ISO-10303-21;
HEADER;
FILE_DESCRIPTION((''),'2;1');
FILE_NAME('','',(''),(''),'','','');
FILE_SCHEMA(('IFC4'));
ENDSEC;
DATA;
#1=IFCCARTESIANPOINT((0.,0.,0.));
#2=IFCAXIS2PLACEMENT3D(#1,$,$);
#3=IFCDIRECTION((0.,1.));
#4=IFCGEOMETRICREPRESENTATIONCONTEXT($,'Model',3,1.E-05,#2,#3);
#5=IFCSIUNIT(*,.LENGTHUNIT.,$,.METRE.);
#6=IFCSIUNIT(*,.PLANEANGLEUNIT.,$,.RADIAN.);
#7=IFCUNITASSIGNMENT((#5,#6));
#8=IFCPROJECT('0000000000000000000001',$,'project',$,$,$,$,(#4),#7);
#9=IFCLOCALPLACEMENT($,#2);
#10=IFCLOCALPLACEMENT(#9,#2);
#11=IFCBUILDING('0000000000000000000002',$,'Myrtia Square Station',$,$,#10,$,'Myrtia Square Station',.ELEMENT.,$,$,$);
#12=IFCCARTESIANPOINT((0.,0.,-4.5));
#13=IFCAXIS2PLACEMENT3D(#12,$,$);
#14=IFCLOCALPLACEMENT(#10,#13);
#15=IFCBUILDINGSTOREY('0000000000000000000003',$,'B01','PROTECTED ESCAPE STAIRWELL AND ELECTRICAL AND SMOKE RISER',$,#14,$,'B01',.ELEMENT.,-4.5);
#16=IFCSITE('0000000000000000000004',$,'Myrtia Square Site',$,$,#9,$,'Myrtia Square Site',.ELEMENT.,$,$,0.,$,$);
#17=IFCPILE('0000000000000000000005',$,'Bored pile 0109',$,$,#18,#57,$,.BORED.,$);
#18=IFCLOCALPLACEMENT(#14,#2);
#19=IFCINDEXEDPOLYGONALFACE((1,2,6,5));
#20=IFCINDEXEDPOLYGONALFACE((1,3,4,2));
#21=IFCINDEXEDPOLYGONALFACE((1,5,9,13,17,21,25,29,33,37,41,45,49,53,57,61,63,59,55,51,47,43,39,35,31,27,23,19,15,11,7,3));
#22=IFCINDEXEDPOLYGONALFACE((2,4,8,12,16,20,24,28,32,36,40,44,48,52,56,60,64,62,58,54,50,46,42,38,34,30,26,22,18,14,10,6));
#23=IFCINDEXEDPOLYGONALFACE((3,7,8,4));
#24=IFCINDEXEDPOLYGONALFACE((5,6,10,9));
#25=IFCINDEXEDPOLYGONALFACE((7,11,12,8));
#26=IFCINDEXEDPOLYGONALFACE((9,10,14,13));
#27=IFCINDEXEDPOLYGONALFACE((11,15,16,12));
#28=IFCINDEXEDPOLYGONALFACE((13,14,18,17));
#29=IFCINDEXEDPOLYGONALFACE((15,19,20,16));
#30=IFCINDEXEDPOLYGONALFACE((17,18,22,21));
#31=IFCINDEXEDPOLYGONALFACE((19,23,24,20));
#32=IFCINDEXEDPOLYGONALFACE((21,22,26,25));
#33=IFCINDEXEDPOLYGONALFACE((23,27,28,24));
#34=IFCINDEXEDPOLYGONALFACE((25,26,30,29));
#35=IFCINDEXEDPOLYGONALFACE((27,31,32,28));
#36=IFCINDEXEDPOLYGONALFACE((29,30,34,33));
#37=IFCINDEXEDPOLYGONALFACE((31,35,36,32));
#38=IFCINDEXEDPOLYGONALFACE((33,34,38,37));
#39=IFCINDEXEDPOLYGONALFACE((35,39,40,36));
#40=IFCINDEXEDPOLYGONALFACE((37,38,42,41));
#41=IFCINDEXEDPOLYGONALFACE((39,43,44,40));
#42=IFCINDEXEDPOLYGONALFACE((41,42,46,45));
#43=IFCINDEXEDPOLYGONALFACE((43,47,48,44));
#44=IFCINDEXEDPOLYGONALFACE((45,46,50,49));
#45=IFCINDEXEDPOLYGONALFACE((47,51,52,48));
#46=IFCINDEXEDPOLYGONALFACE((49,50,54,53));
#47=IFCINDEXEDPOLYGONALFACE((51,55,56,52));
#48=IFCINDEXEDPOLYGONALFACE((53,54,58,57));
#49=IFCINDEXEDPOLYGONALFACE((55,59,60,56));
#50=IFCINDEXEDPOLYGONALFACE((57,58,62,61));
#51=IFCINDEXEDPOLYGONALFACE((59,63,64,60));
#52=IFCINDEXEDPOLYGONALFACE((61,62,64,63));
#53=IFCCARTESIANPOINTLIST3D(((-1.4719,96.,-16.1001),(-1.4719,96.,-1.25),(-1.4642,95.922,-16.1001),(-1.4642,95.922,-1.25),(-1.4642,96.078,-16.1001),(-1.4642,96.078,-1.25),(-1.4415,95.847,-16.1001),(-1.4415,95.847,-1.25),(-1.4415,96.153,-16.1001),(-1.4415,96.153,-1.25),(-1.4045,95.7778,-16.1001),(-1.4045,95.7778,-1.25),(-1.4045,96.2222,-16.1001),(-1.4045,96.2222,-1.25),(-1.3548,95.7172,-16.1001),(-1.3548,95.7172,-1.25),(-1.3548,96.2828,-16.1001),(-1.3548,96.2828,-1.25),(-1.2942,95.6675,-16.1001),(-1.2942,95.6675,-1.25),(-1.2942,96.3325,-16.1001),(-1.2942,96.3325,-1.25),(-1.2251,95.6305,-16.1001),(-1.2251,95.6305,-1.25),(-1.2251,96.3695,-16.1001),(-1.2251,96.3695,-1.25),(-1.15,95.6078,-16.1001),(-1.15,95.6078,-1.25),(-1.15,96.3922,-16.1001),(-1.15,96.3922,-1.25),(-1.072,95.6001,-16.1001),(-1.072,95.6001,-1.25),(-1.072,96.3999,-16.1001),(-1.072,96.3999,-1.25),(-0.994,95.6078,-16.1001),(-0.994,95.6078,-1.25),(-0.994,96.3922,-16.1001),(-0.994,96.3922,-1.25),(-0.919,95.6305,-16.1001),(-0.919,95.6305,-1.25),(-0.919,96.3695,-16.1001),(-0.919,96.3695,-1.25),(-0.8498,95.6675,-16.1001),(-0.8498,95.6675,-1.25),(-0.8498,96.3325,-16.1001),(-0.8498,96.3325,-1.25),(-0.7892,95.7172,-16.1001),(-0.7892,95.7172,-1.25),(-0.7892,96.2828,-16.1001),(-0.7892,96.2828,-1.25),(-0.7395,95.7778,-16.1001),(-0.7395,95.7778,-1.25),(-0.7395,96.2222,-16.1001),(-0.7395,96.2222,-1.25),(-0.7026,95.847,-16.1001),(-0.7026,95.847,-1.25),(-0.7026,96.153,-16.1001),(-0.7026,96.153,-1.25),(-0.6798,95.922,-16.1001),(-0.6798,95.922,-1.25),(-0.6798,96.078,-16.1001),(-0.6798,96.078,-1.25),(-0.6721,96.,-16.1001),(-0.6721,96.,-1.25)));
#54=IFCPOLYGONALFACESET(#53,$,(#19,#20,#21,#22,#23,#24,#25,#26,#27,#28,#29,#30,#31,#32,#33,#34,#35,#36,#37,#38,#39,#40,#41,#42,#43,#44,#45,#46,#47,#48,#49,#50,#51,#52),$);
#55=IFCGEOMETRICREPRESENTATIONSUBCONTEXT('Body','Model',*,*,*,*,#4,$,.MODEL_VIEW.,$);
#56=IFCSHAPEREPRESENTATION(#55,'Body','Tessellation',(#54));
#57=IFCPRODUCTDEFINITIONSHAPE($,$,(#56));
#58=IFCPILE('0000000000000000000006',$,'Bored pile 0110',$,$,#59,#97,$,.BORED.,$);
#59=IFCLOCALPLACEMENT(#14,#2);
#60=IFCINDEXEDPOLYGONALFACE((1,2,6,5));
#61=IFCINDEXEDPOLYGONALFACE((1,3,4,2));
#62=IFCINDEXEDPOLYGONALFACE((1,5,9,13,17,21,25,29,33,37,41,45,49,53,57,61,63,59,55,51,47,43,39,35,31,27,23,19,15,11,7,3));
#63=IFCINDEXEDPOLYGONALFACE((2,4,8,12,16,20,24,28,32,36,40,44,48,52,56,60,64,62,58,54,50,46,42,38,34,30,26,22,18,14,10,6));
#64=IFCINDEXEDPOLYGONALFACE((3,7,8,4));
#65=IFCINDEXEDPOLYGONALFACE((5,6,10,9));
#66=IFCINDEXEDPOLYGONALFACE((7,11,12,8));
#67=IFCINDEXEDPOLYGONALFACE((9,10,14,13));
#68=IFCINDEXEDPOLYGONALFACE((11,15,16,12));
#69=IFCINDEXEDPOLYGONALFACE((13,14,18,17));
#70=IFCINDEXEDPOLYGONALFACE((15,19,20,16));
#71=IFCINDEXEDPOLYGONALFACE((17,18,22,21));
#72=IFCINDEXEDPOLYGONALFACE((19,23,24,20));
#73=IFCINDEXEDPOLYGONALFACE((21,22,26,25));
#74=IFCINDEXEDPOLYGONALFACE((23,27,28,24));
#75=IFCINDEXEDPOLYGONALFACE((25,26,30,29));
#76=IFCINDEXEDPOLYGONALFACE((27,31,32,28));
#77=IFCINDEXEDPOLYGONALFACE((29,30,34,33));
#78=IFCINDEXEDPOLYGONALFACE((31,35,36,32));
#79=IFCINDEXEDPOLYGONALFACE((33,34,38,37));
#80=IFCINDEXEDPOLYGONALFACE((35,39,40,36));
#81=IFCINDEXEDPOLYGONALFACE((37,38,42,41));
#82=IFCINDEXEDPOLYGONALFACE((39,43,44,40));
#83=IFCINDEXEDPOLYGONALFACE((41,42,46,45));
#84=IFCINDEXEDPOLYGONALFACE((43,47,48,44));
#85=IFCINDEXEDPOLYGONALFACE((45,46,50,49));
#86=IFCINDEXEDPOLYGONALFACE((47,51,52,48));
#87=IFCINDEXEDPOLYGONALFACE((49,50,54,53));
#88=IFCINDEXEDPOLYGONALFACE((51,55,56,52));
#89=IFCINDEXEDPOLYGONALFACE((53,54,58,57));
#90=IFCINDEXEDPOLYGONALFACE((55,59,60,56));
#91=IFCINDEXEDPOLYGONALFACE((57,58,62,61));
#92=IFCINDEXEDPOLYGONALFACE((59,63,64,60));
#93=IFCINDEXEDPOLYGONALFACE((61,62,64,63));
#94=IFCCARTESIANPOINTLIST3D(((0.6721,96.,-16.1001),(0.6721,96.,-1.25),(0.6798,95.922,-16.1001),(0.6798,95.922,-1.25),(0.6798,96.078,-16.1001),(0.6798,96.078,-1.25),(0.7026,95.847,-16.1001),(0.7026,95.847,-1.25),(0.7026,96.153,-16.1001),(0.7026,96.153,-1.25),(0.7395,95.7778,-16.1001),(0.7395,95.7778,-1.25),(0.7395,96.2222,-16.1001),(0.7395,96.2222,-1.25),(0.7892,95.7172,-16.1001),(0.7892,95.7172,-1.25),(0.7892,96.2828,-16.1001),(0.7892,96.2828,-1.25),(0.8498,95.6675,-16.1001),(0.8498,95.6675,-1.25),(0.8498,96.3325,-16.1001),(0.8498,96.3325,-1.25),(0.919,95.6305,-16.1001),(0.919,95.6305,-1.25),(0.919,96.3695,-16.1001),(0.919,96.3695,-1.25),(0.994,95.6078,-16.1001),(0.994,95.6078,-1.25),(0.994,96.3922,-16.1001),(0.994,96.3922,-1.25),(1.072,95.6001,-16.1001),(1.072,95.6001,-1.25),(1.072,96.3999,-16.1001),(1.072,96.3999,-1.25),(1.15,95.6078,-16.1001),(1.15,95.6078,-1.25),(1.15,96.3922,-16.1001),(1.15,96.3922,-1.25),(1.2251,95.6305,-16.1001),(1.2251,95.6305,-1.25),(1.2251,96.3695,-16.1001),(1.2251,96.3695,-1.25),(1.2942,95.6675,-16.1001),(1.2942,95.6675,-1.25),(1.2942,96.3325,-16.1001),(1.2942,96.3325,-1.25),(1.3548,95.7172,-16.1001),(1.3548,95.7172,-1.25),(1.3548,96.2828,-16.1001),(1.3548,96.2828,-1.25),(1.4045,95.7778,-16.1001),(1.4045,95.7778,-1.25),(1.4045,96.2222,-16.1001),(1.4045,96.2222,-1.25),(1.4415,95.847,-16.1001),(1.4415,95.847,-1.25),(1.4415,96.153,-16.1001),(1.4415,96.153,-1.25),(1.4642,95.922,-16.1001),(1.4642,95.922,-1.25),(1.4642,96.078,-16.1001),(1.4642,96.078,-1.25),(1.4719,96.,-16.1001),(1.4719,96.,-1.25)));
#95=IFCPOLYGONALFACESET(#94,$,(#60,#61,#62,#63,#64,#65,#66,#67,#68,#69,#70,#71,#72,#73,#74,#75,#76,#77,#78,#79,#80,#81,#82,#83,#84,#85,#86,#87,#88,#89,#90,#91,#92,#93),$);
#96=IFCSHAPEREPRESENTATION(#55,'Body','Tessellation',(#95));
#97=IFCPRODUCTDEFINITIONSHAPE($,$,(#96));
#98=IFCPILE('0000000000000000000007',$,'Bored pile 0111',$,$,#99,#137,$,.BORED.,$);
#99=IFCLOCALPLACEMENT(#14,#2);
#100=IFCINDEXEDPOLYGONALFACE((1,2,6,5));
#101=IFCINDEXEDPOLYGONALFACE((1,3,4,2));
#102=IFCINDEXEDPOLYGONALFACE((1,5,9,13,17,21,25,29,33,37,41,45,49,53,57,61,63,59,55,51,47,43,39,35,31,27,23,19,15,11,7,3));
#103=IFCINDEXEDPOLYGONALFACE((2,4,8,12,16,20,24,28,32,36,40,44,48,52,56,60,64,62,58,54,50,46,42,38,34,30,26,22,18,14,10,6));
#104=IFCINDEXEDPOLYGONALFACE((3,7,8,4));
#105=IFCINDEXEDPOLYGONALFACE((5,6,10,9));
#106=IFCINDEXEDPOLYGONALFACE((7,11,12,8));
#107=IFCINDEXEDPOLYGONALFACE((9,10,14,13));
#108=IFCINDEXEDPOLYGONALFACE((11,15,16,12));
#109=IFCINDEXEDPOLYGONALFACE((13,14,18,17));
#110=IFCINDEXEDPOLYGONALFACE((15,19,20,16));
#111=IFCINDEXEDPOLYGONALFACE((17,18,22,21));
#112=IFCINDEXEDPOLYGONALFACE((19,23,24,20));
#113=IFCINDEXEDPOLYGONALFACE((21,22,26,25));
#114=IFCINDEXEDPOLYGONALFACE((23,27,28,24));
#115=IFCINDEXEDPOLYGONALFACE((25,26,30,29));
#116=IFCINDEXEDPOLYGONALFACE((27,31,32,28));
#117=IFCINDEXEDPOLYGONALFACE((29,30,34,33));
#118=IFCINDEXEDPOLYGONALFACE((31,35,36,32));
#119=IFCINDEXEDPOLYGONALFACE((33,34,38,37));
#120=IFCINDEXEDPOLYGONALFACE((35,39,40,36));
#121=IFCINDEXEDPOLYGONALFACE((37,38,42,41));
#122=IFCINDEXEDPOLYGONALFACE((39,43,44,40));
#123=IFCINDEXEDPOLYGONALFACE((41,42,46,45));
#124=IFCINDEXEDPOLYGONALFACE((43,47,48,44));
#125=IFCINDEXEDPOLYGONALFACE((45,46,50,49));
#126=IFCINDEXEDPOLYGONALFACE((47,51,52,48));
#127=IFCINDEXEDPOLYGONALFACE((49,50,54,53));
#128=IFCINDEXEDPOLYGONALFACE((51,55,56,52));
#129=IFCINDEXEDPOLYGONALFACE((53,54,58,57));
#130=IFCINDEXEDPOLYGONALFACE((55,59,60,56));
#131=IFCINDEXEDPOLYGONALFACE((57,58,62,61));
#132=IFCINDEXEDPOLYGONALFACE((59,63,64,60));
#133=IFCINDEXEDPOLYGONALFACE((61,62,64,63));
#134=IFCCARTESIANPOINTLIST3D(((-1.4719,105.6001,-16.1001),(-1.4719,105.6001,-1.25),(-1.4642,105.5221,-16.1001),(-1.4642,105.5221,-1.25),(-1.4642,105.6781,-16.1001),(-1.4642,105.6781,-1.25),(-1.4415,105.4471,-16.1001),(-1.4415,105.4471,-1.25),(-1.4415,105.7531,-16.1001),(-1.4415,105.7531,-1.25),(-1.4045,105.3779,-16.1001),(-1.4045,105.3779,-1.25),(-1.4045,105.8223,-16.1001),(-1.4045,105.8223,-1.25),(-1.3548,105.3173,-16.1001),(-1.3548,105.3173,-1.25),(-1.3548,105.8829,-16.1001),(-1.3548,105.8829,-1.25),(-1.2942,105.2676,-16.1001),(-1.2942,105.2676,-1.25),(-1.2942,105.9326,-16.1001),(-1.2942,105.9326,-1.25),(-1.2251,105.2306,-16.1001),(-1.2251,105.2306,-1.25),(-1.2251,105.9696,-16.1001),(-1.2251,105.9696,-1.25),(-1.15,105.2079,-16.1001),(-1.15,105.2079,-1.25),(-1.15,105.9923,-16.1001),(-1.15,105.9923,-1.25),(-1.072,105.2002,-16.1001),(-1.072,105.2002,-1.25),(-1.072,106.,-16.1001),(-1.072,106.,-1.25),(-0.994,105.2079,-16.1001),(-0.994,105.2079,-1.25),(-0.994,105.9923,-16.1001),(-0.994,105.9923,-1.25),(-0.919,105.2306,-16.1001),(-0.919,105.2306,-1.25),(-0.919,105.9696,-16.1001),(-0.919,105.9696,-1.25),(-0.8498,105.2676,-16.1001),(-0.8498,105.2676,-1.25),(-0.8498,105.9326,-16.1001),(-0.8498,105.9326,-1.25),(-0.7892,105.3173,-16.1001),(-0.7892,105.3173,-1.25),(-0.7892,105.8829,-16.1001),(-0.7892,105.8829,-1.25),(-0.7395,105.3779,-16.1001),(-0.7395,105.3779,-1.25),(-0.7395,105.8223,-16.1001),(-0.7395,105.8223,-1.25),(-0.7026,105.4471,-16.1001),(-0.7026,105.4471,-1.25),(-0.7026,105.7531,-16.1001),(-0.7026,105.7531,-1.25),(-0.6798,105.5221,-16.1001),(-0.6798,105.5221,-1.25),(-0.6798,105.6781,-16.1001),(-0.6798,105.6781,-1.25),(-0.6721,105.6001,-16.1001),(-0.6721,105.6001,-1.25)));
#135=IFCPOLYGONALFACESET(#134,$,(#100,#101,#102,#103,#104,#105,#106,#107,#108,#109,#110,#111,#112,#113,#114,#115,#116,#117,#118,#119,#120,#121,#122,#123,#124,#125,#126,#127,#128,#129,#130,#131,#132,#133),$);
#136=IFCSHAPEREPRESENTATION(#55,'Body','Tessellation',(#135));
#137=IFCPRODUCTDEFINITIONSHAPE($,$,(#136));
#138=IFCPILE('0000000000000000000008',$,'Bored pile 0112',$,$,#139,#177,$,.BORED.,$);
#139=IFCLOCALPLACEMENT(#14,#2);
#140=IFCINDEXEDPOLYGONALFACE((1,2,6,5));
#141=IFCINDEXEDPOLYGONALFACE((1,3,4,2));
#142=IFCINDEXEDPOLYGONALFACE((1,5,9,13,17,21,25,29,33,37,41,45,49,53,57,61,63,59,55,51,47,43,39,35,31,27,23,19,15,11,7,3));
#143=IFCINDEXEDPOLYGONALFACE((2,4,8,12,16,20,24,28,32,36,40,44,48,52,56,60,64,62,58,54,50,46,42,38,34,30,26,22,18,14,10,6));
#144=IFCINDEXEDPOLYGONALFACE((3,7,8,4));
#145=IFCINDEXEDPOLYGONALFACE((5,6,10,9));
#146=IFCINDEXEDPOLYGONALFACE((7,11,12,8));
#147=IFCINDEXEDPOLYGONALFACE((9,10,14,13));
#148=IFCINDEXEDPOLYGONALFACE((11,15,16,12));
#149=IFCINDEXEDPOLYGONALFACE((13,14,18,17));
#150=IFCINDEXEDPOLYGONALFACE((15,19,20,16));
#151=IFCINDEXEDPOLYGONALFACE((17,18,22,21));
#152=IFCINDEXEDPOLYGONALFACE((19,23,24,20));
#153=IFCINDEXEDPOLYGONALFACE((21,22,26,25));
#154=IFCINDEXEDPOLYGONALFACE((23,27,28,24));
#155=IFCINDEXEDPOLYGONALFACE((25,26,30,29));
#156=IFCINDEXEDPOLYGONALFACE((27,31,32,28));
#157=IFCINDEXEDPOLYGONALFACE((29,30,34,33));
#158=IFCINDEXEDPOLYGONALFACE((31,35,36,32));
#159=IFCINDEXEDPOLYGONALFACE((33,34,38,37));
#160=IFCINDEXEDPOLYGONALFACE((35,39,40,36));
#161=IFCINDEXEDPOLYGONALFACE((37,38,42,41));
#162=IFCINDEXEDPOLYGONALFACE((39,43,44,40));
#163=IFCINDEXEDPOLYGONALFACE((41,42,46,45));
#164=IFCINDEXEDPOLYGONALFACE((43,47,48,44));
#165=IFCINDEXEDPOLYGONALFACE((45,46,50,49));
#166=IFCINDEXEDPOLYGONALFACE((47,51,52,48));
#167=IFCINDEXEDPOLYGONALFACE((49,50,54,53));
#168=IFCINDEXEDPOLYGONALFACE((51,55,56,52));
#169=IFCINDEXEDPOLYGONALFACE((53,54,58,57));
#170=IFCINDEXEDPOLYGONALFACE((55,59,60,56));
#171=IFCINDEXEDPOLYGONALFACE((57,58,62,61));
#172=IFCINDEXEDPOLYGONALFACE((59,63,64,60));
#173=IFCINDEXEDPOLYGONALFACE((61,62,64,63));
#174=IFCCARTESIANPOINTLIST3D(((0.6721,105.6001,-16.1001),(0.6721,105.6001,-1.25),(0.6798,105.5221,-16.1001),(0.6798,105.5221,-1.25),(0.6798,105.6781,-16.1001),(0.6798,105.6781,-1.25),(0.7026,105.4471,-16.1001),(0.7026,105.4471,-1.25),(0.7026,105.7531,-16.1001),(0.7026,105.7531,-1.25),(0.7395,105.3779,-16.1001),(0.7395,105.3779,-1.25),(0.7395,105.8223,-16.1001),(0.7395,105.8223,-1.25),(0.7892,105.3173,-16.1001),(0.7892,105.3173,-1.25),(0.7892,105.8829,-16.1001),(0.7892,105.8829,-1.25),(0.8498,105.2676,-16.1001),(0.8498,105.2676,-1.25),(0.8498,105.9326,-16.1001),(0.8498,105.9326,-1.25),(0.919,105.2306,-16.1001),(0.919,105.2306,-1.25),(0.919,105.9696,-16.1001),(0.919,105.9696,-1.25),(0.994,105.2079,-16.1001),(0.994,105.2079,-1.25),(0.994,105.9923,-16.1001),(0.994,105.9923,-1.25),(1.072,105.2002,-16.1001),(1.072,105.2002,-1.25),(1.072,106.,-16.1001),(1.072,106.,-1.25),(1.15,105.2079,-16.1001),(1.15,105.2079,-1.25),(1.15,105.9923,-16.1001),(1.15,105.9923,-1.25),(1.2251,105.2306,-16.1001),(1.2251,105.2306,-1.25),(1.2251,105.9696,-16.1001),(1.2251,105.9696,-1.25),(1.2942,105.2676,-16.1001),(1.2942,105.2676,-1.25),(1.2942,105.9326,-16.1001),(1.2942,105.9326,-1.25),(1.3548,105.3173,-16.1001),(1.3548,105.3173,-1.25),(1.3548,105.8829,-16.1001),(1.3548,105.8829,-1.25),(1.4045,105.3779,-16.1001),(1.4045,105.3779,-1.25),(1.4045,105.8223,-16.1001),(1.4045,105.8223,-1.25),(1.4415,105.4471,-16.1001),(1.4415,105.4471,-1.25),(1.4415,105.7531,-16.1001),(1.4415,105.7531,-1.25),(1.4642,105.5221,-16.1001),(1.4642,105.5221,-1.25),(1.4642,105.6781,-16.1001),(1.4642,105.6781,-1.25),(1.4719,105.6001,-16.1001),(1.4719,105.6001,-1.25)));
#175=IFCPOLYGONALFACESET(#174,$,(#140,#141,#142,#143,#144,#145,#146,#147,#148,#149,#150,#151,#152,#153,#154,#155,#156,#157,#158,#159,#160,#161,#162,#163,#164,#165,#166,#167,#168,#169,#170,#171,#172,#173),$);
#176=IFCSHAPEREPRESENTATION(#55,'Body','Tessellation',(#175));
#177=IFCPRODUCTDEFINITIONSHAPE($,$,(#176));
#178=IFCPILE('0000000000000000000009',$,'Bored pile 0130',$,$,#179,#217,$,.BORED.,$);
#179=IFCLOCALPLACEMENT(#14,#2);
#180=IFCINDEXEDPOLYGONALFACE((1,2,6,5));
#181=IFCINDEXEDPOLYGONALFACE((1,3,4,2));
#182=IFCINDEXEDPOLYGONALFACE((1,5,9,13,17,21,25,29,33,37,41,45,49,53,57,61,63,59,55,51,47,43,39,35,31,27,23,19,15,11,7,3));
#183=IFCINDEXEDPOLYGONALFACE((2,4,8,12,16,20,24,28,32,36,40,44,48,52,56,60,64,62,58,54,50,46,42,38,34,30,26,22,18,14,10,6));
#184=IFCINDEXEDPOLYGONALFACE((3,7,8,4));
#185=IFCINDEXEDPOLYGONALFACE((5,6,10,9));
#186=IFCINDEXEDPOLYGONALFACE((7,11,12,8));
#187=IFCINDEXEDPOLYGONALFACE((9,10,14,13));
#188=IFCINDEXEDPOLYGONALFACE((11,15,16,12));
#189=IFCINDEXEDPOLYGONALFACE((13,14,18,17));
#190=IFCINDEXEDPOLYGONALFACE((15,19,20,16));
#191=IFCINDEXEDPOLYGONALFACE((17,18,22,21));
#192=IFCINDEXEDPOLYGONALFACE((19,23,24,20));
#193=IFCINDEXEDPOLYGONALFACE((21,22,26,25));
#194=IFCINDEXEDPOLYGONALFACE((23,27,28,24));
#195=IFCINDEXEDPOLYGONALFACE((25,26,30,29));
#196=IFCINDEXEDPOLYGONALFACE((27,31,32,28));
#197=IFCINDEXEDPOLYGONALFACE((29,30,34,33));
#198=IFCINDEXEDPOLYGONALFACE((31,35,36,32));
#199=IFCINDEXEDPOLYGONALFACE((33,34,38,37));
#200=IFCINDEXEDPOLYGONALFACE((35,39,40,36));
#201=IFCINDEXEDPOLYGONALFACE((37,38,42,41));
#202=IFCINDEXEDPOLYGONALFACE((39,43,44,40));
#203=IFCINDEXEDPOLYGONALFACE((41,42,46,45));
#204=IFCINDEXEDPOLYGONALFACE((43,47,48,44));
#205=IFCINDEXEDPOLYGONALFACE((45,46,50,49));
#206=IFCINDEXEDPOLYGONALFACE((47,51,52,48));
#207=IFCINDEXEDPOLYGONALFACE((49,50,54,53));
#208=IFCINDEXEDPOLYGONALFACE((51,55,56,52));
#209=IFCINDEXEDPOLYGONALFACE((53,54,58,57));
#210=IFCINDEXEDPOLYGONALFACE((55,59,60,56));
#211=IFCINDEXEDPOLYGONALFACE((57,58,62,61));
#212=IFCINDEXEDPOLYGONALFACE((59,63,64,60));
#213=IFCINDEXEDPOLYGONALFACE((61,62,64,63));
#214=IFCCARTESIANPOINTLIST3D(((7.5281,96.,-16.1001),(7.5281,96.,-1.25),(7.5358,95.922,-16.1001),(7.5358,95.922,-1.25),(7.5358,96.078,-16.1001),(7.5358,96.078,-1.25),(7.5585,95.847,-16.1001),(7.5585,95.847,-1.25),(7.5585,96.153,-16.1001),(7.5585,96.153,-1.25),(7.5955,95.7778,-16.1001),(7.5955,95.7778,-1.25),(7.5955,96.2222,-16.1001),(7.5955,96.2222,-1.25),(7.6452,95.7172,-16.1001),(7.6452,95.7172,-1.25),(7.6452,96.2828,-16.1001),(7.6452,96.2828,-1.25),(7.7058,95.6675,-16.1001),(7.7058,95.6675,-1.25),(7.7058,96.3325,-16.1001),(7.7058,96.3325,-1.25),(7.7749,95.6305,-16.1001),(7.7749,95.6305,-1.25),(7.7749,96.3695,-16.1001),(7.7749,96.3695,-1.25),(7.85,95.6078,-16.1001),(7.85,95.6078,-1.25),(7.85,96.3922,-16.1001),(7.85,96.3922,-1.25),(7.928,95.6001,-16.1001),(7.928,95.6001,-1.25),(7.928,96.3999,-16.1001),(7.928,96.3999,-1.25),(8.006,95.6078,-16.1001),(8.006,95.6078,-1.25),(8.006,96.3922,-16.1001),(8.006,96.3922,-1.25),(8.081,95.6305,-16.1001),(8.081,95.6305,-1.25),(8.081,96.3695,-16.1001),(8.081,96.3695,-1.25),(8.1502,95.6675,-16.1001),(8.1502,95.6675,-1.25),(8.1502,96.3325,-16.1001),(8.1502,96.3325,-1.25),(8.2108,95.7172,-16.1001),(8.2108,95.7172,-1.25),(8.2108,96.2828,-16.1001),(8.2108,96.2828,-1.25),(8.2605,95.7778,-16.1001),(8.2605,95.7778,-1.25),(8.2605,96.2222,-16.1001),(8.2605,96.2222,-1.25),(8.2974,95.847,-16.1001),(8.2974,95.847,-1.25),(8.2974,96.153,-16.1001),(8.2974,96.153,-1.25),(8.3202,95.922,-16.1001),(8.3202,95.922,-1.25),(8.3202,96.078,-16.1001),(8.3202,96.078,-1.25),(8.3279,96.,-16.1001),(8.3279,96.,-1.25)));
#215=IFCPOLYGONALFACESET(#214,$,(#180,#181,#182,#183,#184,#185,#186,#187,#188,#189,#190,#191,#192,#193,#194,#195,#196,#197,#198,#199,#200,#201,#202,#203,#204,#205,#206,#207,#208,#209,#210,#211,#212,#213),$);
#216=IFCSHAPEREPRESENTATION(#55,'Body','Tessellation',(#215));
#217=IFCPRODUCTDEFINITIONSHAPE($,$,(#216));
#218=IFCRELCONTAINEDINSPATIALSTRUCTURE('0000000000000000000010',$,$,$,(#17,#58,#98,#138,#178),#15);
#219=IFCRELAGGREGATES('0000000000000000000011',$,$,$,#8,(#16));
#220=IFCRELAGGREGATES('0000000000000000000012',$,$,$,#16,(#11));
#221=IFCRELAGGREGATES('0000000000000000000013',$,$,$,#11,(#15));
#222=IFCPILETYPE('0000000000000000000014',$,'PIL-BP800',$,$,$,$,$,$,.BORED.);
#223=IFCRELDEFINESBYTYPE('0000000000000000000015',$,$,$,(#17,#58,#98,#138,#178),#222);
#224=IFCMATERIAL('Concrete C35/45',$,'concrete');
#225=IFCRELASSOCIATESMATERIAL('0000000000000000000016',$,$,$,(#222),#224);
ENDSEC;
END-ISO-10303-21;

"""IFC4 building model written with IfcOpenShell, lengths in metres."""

from ifc_helpers import new_model, si_unit, direction, frame, origin, origin_2d, place, context, subcontext, project, spatial, circle, extrude, material, material_profile, profile_set, type_object, element, save


model = new_model("IFC4")

# Units and contexts
model_context = context("Model", 3, precision=1e-05, world=origin(), true_north=direction((0.0, 1.0)))
body_context = subcontext(model_context, "Body", "Model", "MODEL_VIEW")
ifc_project = project(units=[si_unit("LENGTHUNIT", "METRE"), si_unit("PLANEANGLEUNIT", "RADIAN")], contexts=[model_context])

# Site, building, storey
site_placement = place(None, origin())
site = spatial("IfcSite", under=ifc_project, at=site_placement, Name="Myrtia Square Site", LongName="Myrtia Square Site", CompositionType="ELEMENT", RefElevation=0.0)
building_placement = place(site_placement, origin())
building = spatial("IfcBuilding", under=site, at=building_placement, Name="Myrtia Square Station", LongName="Myrtia Square Station", CompositionType="ELEMENT")
storey_placement = place(building_placement, frame((0.0, 0.0, -4.5)))
storey = spatial("IfcBuildingStorey", under=building, at=storey_placement, Name="B01", Description="PROTECTED ESCAPE STAIRWELL AND ELECTRICAL AND SMOKE RISER", LongName="B01", CompositionType="ELEMENT", Elevation=-4.5)

# Shared definitions
ifc_material_1 = material(Name="Concrete C35/45", Category="concrete")

# Piles
ifc_material_profile_1 = material_profile(ifc_material_1, circle(Radius=0.3999, at=origin_2d()), Name="BP D800")
ifc_profile_set_1 = profile_set([ifc_material_profile_1], Name="Concrete C35/45")
pile_type = type_object("IfcPileType", Name="PIL-BP800", PredefinedType="BORED", material=ifc_profile_set_1)
for number, where, z_axis, x_axis, name in (
    (1, (-1.072, 96.0, -1.25), (0.0, 0.0, -1.0), (1.0, 0.0, 0.0), "Bored pile 0109"),
    (2, (1.072, 96.0, -1.25), (0.0, 0.0, -1.0), (1.0, 0.0, 0.0), "Bored pile 0110"),
    (3, (-1.072, 105.6001, -1.25), (0.0, 0.0, -1.0), (1.0, 0.0, 0.0), "Bored pile 0111"),
    (4, (1.072, 105.6001, -1.25), (0.0, 0.0, -1.0), (1.0, 0.0, 0.0), "Bored pile 0112"),
    (5, (7.928, 96.0, -1.25), (0.0, 0.0, -1.0), (1.0, 0.0, 0.0), "Bored pile 0130"),
):
    element("IfcPile", number, at=place(storey_placement, frame(where, z_axis=z_axis, x_axis=x_axis)), inside=storey, type_object=pile_type, Name=name, PredefinedType="BORED", context=body_context, shape_type="SweptSolid", body=[
        extrude(circle(Radius=0.3999, at=origin_2d()), origin(), (0.0, 0.0, 1.0), 14.8501),
    ])

save(model, "model.ifc")
